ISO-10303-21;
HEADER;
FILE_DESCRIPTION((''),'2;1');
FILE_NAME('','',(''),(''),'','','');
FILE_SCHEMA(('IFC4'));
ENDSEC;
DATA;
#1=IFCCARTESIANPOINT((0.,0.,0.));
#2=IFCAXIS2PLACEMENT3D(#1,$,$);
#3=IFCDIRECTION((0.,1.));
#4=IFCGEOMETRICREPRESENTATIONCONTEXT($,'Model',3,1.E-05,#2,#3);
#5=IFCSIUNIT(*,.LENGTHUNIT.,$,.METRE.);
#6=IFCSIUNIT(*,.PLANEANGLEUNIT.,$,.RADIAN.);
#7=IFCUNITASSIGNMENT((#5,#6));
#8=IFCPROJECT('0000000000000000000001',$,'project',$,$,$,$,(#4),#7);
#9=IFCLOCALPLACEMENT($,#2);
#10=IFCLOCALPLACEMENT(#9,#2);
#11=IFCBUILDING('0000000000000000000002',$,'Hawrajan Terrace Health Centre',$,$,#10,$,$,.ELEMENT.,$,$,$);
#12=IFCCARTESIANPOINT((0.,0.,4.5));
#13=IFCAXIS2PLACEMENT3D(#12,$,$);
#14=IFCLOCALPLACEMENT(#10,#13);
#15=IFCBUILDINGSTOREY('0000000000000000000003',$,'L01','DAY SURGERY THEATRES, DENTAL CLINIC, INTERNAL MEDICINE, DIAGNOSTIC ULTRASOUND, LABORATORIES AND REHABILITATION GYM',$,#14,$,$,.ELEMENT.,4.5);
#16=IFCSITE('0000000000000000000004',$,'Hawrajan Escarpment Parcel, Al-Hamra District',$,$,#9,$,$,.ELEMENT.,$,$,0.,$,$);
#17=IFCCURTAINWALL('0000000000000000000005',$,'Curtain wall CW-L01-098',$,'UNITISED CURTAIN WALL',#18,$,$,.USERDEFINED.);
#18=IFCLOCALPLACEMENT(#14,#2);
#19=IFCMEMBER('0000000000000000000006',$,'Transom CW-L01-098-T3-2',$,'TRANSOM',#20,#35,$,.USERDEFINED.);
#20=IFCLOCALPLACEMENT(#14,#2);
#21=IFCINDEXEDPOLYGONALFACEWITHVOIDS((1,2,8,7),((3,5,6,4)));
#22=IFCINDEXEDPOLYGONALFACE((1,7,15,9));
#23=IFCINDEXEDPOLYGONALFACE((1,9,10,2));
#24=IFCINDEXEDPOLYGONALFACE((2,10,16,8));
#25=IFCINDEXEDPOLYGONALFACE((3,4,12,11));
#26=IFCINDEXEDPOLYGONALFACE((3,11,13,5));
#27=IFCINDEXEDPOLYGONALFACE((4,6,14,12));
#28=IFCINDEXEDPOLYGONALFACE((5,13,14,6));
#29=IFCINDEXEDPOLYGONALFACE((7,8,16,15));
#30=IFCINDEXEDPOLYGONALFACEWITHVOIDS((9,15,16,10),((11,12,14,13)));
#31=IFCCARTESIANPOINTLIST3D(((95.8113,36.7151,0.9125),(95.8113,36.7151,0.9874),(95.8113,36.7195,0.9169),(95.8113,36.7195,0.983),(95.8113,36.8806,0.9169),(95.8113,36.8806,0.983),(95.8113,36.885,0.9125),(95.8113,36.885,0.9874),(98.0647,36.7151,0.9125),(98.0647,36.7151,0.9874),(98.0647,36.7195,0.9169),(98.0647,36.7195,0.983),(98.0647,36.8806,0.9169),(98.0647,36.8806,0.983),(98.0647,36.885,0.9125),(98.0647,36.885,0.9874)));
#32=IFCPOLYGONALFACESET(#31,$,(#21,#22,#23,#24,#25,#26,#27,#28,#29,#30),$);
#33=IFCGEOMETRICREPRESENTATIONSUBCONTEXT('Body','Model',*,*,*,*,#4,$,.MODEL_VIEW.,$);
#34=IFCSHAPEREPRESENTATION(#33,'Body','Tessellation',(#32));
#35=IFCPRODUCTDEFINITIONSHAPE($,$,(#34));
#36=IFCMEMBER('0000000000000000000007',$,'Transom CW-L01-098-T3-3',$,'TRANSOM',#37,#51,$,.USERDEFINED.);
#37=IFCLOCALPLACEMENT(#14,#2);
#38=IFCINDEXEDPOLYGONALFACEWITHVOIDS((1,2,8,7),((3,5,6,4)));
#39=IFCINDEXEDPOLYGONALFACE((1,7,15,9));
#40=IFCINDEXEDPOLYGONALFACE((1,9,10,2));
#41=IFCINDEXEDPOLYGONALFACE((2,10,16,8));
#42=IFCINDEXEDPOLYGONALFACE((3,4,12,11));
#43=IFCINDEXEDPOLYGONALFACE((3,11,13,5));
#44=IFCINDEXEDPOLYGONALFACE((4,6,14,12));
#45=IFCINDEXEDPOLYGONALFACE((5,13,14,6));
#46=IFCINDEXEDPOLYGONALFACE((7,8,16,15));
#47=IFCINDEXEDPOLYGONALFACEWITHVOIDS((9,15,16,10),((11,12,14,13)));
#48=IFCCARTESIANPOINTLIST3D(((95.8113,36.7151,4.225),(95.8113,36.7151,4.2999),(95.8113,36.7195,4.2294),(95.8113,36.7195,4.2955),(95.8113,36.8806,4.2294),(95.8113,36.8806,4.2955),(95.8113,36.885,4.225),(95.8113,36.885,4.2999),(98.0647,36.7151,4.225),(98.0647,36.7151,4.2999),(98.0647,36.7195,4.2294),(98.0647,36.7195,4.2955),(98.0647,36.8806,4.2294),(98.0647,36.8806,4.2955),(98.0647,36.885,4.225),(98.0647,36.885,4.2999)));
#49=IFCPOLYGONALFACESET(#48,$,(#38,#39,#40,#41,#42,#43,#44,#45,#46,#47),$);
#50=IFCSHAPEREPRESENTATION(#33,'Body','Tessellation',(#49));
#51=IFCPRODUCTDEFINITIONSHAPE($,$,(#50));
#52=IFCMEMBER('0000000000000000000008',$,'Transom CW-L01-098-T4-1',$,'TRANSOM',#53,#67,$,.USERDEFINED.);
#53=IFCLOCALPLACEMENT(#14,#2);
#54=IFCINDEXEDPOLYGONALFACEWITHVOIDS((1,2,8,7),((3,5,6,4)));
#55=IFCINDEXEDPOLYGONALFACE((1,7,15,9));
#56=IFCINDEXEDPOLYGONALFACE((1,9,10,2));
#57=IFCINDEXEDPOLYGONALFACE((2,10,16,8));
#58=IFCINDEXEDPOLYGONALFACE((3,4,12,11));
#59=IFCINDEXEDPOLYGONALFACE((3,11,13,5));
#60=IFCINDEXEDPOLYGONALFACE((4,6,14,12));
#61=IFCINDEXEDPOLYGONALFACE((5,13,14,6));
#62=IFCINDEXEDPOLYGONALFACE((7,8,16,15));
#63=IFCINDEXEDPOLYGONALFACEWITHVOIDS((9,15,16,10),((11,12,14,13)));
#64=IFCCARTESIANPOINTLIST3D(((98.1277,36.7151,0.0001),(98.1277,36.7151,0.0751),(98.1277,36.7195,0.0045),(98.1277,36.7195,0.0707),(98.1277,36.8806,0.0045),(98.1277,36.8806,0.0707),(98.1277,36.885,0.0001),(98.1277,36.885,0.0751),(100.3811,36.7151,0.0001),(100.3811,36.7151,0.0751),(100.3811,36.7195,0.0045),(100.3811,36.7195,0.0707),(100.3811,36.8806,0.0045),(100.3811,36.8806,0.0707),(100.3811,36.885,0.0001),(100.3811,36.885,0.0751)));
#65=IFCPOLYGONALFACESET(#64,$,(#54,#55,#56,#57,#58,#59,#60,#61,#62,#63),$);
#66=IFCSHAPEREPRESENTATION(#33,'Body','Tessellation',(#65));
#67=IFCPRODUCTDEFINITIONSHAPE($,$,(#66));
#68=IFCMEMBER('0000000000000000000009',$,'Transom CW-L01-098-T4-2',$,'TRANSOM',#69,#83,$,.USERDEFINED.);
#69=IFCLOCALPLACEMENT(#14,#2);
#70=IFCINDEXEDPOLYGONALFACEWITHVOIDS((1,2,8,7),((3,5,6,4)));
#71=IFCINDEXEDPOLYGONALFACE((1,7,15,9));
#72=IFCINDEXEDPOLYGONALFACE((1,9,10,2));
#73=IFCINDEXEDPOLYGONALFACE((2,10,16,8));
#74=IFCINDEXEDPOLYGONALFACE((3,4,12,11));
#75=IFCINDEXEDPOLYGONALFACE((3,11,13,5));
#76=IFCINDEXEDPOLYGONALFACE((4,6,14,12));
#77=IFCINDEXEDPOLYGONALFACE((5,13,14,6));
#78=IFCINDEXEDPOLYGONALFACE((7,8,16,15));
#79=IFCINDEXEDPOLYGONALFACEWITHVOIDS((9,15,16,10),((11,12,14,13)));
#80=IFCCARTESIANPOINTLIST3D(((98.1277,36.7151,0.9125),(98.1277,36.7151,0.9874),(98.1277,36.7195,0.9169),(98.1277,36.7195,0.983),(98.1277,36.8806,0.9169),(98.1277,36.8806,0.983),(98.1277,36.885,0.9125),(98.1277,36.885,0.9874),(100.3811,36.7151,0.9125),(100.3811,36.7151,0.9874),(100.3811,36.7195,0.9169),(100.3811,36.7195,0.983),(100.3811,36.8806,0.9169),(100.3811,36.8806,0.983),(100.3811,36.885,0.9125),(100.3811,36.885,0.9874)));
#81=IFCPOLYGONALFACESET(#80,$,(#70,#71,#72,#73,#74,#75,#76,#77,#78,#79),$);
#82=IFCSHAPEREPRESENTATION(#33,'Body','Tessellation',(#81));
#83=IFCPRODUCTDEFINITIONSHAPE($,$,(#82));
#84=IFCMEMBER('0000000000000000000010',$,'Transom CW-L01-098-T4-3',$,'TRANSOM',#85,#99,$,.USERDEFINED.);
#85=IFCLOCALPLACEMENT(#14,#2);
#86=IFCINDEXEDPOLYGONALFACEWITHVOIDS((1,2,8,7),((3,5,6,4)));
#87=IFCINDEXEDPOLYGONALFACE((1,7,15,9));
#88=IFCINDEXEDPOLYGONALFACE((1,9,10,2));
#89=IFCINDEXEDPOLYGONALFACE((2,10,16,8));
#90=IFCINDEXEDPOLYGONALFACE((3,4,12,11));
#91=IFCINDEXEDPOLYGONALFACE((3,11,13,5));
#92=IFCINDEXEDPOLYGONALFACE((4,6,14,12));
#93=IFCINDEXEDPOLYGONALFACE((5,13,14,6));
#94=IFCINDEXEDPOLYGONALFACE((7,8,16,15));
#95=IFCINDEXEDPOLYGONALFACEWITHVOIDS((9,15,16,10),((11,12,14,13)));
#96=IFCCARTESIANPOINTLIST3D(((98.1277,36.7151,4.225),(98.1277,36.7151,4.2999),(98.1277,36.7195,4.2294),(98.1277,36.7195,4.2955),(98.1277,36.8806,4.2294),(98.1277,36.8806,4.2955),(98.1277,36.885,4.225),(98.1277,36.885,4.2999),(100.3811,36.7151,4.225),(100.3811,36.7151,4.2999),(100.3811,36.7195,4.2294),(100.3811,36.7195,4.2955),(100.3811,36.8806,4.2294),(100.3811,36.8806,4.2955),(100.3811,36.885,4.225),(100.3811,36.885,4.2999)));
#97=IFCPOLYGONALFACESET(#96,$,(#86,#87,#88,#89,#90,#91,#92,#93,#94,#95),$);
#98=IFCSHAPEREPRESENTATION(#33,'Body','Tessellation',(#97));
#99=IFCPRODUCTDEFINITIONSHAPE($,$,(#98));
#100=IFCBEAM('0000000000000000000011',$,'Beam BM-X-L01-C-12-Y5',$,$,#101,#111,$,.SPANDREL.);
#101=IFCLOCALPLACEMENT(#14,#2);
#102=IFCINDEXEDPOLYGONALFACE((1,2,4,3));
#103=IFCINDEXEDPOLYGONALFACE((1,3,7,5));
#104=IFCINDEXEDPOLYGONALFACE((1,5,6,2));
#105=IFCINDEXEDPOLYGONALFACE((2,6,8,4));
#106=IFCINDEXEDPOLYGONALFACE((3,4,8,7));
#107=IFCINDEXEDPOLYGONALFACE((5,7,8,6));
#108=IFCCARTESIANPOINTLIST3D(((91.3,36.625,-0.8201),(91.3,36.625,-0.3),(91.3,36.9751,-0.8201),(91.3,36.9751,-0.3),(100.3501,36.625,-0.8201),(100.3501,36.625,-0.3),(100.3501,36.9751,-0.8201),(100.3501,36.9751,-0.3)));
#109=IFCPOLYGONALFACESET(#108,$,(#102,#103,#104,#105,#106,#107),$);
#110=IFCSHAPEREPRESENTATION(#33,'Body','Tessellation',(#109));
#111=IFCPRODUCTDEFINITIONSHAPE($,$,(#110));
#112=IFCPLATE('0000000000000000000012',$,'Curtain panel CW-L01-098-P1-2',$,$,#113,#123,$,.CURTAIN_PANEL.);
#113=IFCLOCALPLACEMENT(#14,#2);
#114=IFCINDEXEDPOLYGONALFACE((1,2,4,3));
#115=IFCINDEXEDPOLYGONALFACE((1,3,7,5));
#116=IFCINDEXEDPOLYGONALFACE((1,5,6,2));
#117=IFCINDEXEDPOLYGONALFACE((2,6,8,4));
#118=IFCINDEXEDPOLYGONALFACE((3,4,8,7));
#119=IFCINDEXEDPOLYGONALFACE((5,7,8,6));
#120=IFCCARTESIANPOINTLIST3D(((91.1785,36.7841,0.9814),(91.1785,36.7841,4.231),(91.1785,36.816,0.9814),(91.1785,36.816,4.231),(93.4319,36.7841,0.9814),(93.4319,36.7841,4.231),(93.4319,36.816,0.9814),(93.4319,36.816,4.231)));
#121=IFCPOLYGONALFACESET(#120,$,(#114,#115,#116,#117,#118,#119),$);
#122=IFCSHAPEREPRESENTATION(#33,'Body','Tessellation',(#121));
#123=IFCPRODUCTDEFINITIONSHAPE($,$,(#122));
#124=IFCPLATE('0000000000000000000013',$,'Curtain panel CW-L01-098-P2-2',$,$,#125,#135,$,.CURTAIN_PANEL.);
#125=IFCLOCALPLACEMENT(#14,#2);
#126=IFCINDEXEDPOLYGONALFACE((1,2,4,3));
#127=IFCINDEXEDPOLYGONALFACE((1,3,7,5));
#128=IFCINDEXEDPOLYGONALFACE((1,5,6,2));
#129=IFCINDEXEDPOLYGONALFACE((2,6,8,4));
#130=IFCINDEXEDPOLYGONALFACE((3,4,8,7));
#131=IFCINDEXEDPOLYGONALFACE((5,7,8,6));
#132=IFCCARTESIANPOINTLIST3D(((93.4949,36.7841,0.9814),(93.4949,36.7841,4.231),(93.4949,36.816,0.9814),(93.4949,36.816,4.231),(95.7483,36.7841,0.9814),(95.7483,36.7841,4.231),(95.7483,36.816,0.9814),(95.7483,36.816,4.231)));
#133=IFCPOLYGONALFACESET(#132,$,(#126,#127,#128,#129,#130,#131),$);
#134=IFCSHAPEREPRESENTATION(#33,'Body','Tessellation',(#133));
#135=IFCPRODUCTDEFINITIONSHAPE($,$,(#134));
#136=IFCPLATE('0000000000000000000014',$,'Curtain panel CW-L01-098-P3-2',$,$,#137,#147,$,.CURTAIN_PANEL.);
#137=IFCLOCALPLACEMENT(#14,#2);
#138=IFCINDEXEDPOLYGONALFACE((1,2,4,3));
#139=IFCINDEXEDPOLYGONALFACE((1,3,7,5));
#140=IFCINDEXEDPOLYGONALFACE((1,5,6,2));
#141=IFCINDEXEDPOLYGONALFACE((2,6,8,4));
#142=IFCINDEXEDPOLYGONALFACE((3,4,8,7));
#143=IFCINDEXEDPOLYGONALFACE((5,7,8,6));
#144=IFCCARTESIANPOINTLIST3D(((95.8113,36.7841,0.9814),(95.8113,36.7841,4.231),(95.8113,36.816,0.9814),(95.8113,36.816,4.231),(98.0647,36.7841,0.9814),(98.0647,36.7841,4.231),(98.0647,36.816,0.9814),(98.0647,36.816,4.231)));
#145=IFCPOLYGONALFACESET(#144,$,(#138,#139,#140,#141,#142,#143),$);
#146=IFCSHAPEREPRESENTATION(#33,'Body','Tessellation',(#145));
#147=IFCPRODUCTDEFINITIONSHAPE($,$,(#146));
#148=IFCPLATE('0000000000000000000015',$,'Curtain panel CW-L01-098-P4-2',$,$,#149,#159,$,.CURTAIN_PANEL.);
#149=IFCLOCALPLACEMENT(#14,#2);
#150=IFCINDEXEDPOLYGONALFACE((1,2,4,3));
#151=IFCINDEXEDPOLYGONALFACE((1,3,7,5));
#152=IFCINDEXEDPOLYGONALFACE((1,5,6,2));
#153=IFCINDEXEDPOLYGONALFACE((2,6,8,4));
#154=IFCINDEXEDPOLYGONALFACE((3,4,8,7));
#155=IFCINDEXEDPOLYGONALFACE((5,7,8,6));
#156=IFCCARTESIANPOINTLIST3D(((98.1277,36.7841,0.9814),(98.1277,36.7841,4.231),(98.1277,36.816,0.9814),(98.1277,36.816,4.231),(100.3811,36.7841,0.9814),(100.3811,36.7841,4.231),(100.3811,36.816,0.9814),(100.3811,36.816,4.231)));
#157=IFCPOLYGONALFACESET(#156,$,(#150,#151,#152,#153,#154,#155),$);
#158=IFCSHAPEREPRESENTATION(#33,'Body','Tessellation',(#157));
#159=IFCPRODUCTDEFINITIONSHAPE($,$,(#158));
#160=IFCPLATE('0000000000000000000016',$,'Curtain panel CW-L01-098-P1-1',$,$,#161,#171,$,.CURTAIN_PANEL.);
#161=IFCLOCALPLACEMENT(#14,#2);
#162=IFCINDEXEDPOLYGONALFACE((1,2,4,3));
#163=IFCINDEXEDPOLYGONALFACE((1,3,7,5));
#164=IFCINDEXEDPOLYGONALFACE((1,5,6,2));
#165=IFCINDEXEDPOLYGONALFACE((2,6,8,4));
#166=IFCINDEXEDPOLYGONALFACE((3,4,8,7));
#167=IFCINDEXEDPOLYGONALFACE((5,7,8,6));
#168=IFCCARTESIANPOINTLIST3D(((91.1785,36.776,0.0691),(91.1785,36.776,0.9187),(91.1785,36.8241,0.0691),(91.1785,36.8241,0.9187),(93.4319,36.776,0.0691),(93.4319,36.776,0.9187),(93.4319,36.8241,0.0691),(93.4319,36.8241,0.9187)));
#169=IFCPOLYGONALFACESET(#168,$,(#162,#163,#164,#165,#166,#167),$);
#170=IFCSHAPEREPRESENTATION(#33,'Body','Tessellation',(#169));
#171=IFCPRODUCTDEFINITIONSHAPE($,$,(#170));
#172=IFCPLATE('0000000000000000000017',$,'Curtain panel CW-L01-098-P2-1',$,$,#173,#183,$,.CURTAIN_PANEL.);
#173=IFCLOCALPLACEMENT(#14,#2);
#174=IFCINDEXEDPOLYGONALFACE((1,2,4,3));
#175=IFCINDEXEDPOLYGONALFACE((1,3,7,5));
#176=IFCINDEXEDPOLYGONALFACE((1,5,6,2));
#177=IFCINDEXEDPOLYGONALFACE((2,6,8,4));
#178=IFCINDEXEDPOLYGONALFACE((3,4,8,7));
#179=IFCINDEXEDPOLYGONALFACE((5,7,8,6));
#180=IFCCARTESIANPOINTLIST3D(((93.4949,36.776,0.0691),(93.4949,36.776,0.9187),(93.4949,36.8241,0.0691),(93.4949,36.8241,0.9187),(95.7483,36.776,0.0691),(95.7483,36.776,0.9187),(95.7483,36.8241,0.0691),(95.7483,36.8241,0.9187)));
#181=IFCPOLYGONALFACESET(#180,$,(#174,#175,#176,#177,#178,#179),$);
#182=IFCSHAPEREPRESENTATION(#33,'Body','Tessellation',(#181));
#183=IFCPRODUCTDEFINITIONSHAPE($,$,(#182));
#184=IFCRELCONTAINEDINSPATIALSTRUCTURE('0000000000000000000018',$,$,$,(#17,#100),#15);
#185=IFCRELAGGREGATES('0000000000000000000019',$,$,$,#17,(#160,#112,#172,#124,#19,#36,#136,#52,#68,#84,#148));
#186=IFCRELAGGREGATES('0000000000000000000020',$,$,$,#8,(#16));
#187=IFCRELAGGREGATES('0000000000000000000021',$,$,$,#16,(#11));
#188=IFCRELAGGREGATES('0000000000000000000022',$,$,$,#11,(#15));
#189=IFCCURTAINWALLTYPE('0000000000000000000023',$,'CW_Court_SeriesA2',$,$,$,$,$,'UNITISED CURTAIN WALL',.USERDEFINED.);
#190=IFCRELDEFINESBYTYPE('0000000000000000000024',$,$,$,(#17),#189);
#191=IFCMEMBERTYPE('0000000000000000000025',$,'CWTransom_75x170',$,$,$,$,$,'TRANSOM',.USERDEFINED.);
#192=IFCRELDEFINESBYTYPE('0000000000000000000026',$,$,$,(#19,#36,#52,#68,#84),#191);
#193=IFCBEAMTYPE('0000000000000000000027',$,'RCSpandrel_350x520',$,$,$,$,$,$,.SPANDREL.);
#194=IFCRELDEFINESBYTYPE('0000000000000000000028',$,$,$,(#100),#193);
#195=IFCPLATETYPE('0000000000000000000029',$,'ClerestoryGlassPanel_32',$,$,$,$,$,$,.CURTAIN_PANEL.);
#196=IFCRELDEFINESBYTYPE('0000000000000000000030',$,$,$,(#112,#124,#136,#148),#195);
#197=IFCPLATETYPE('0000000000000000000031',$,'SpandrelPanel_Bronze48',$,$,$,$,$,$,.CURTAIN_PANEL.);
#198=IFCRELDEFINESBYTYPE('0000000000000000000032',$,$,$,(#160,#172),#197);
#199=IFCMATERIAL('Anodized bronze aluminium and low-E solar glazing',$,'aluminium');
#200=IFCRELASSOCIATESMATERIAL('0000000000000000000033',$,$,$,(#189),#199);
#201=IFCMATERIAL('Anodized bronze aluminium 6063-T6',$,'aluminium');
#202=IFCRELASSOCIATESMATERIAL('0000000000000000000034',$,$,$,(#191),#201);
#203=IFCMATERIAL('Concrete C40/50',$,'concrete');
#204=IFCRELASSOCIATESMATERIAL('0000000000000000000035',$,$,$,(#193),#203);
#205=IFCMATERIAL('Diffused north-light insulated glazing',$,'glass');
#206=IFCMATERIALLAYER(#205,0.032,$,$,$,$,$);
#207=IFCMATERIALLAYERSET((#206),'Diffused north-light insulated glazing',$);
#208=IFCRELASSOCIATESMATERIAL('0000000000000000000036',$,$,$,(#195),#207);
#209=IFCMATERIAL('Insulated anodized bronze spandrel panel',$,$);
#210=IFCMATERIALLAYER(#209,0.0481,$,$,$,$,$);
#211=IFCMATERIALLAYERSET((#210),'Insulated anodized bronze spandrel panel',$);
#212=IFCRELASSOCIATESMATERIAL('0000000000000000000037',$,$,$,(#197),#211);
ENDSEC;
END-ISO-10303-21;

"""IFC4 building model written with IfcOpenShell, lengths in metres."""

from ifc_helpers import new_model, si_unit, direction, frame, origin, origin_2d, place, context, subcontext, project, spatial, rectangle, hollow_rectangle, extrude, material, layer, layer_set, material_profile, profile_set, type_object, element, aggregate, save


model = new_model("IFC4")

# Units and contexts
model_context = context("Model", 3, precision=1e-05, world=origin(), true_north=direction((0.0, 1.0)))
body_context = subcontext(model_context, "Body", "Model", "MODEL_VIEW")
ifc_project = project(units=[si_unit("LENGTHUNIT", "METRE"), si_unit("PLANEANGLEUNIT", "RADIAN")], contexts=[model_context])

# Site, building, storey
site_placement = place(None, origin())
site = spatial("IfcSite", under=ifc_project, at=site_placement, Name="Hawrajan Escarpment Parcel, Al-Hamra District", CompositionType="ELEMENT", RefElevation=0.0)
building_placement = place(site_placement, origin())
building = spatial("IfcBuilding", under=site, at=building_placement, Name="Hawrajan Terrace Health Centre", CompositionType="ELEMENT")
storey_placement = place(building_placement, frame((0.0, 0.0, 4.5)))
storey = spatial("IfcBuildingStorey", under=building, at=storey_placement, Name="L01", Description="DAY SURGERY THEATRES, DENTAL CLINIC, INTERNAL MEDICINE, DIAGNOSTIC ULTRASOUND, LABORATORIES AND REHABILITATION GYM", CompositionType="ELEMENT", Elevation=4.5)

# Curtain wall, members
ifc_material_1 = material(Name="Anodized bronze aluminium and low-E solar glazing", Category="aluminium")
curtain_wall_type = type_object("IfcCurtainWallType", Name="CW_Court_SeriesA2", ElementType="UNITISED CURTAIN WALL", PredefinedType="USERDEFINED", material=ifc_material_1)
curtain_wall_placement = place(storey_placement, origin())
curtain_wall = element("IfcCurtainWall", 1, at=curtain_wall_placement, inside=storey, type_object=curtain_wall_type, Name="Curtain wall CW-L01-098", ObjectType="UNITISED CURTAIN WALL", PredefinedType="USERDEFINED")
ifc_material_2 = material(Name="Anodized bronze aluminium 6063-T6", Category="aluminium")
ifc_material_profile_1 = material_profile(ifc_material_2, hollow_rectangle(XDim=0.075, YDim=0.1699, WallThickness=0.0044, at=origin_2d()), Name="CW TRN 75x170")
ifc_profile_set_1 = profile_set([ifc_material_profile_1], Name="Anodized bronze aluminium 6063-T6")
member_type_1 = type_object("IfcMemberType", Name="CWTransom_75x170", ElementType="TRANSOM", PredefinedType="USERDEFINED", material=ifc_profile_set_1)
member_1_placement = place(storey_placement, frame((95.8113, 36.8, 0.95), z_axis=(1.0, 0.0, 0.0), x_axis=(0.0, 0.0, 1.0)))
member_1 = element("IfcMember", 2, at=member_1_placement, type_object=member_type_1, Name="Transom CW-L01-098-T3-2", ObjectType="TRANSOM", PredefinedType="USERDEFINED", context=body_context, shape_type="SweptSolid", body=[
    extrude(hollow_rectangle(XDim=0.075, YDim=0.1699, WallThickness=0.0044, at=origin_2d()), origin(), (0.0, 0.0, 1.0), 2.2534),
])
member_2_placement = place(storey_placement, frame((95.8113, 36.8, 4.2625), z_axis=(1.0, 0.0, 0.0), x_axis=(0.0, 0.0, 1.0)))
member_2 = element("IfcMember", 3, at=member_2_placement, type_object=member_type_1, Name="Transom CW-L01-098-T3-3", ObjectType="TRANSOM", PredefinedType="USERDEFINED", context=body_context, shape_type="SweptSolid", body=[
    extrude(hollow_rectangle(XDim=0.075, YDim=0.1699, WallThickness=0.0044, at=origin_2d()), origin(), (0.0, 0.0, 1.0), 2.2534),
])
member_3_placement = place(storey_placement, frame((98.1277, 36.8, 0.0376), z_axis=(1.0, 0.0, 0.0), x_axis=(0.0, 0.0, 1.0)))
member_3 = element("IfcMember", 4, at=member_3_placement, type_object=member_type_1, Name="Transom CW-L01-098-T4-1", ObjectType="TRANSOM", PredefinedType="USERDEFINED", context=body_context, shape_type="SweptSolid", body=[
    extrude(hollow_rectangle(XDim=0.075, YDim=0.1699, WallThickness=0.0044, at=origin_2d()), origin(), (0.0, 0.0, 1.0), 2.2534),
])
member_4_placement = place(storey_placement, frame((98.1277, 36.8, 0.95), z_axis=(1.0, 0.0, 0.0), x_axis=(0.0, 0.0, 1.0)))
member_4 = element("IfcMember", 5, at=member_4_placement, type_object=member_type_1, Name="Transom CW-L01-098-T4-2", ObjectType="TRANSOM", PredefinedType="USERDEFINED", context=body_context, shape_type="SweptSolid", body=[
    extrude(hollow_rectangle(XDim=0.075, YDim=0.1699, WallThickness=0.0044, at=origin_2d()), origin(), (0.0, 0.0, 1.0), 2.2534),
])
member_5_placement = place(storey_placement, frame((98.1277, 36.8, 4.2625), z_axis=(1.0, 0.0, 0.0), x_axis=(0.0, 0.0, 1.0)))
member_5 = element("IfcMember", 6, at=member_5_placement, type_object=member_type_1, Name="Transom CW-L01-098-T4-3", ObjectType="TRANSOM", PredefinedType="USERDEFINED", context=body_context, shape_type="SweptSolid", body=[
    extrude(hollow_rectangle(XDim=0.075, YDim=0.1699, WallThickness=0.0044, at=origin_2d()), origin(), (0.0, 0.0, 1.0), 2.2534),
])

# Beam
ifc_material_3 = material(Name="Concrete C40/50", Category="concrete")
ifc_material_profile_2 = material_profile(ifc_material_3, rectangle(XDim=0.3501, YDim=0.52, at=origin_2d()), Name="RC SP 350x520")
ifc_profile_set_2 = profile_set([ifc_material_profile_2], Name="Concrete C40/50")
beam_type = type_object("IfcBeamType", Name="RCSpandrel_350x520", PredefinedType="SPANDREL", material=ifc_profile_set_2)
beam_placement = place(storey_placement, frame((91.3, 36.8, -0.5601), z_axis=(1.0, 0.0, 0.0), x_axis=(0.0, 1.0, 0.0)))
element("IfcBeam", 7, at=beam_placement, inside=storey, type_object=beam_type, Name="Beam BM-X-L01-C-12-Y5", PredefinedType="SPANDREL", context=body_context, shape_type="SweptSolid", body=[
    extrude(rectangle(XDim=0.3501, YDim=0.52, at=origin_2d()), origin(), (0.0, 0.0, 1.0), 9.05),
])

# Plates
ifc_material_4 = material(Name="Diffused north-light insulated glazing", Category="glass")
ifc_layer_1 = layer(ifc_material_4, 0.032)
ifc_layer_set_1 = layer_set([ifc_layer_1], Name="Diffused north-light insulated glazing")
plate_type_1 = type_object("IfcPlateType", Name="ClerestoryGlassPanel_32", PredefinedType="CURTAIN_PANEL", material=ifc_layer_set_1)
plate_1_placement = place(storey_placement, frame((92.3052, 36.8, 0.9814), z_axis=(0.0, 0.0, 1.0), x_axis=(1.0, 0.0, 0.0)))
plate_1 = element("IfcPlate", 8, at=plate_1_placement, type_object=plate_type_1, Name="Curtain panel CW-L01-098-P1-2", PredefinedType="CURTAIN_PANEL", context=body_context, shape_type="SweptSolid", body=[
    extrude(rectangle(XDim=2.2534, YDim=0.032, at=origin_2d()), origin(), (0.0, 0.0, 1.0), 3.2495),
])
plate_2_placement = place(storey_placement, frame((94.6216, 36.8, 0.9814), z_axis=(0.0, 0.0, 1.0), x_axis=(1.0, 0.0, 0.0)))
plate_2 = element("IfcPlate", 9, at=plate_2_placement, type_object=plate_type_1, Name="Curtain panel CW-L01-098-P2-2", PredefinedType="CURTAIN_PANEL", context=body_context, shape_type="SweptSolid", body=[
    extrude(rectangle(XDim=2.2534, YDim=0.032, at=origin_2d()), origin(), (0.0, 0.0, 1.0), 3.2495),
])
plate_3_placement = place(storey_placement, frame((96.938, 36.8, 0.9814), z_axis=(0.0, 0.0, 1.0), x_axis=(1.0, 0.0, 0.0)))
plate_3 = element("IfcPlate", 10, at=plate_3_placement, type_object=plate_type_1, Name="Curtain panel CW-L01-098-P3-2", PredefinedType="CURTAIN_PANEL", context=body_context, shape_type="SweptSolid", body=[
    extrude(rectangle(XDim=2.2534, YDim=0.032, at=origin_2d()), origin(), (0.0, 0.0, 1.0), 3.2495),
])
plate_4_placement = place(storey_placement, frame((99.2544, 36.8, 0.9814), z_axis=(0.0, 0.0, 1.0), x_axis=(1.0, 0.0, 0.0)))
plate_4 = element("IfcPlate", 11, at=plate_4_placement, type_object=plate_type_1, Name="Curtain panel CW-L01-098-P4-2", PredefinedType="CURTAIN_PANEL", context=body_context, shape_type="SweptSolid", body=[
    extrude(rectangle(XDim=2.2534, YDim=0.032, at=origin_2d()), origin(), (0.0, 0.0, 1.0), 3.2495),
])
ifc_material_5 = material(Name="Insulated anodized bronze spandrel panel")
ifc_layer_2 = layer(ifc_material_5, 0.0481)
ifc_layer_set_2 = layer_set([ifc_layer_2], Name="Insulated anodized bronze spandrel panel")
plate_type_2 = type_object("IfcPlateType", Name="SpandrelPanel_Bronze48", PredefinedType="CURTAIN_PANEL", material=ifc_layer_set_2)
plate_5_placement = place(storey_placement, frame((92.3052, 36.8, 0.0691), z_axis=(0.0, 0.0, 1.0), x_axis=(1.0, 0.0, 0.0)))
plate_5 = element("IfcPlate", 12, at=plate_5_placement, type_object=plate_type_2, Name="Curtain panel CW-L01-098-P1-1", PredefinedType="CURTAIN_PANEL", context=body_context, shape_type="SweptSolid", body=[
    extrude(rectangle(XDim=2.2534, YDim=0.0481, at=origin_2d()), origin(), (0.0, 0.0, 1.0), 0.8496),
])
plate_6_placement = place(storey_placement, frame((94.6216, 36.8, 0.0691), z_axis=(0.0, 0.0, 1.0), x_axis=(1.0, 0.0, 0.0)))
plate_6 = element("IfcPlate", 13, at=plate_6_placement, type_object=plate_type_2, Name="Curtain panel CW-L01-098-P2-1", PredefinedType="CURTAIN_PANEL", context=body_context, shape_type="SweptSolid", body=[
    extrude(rectangle(XDim=2.2534, YDim=0.0481, at=origin_2d()), origin(), (0.0, 0.0, 1.0), 0.8496),
])
aggregate(curtain_wall, [plate_5, plate_1, plate_6, plate_2, member_1, member_2, plate_3, member_3, member_4, member_5, plate_4])

save(model, "model.ifc")
